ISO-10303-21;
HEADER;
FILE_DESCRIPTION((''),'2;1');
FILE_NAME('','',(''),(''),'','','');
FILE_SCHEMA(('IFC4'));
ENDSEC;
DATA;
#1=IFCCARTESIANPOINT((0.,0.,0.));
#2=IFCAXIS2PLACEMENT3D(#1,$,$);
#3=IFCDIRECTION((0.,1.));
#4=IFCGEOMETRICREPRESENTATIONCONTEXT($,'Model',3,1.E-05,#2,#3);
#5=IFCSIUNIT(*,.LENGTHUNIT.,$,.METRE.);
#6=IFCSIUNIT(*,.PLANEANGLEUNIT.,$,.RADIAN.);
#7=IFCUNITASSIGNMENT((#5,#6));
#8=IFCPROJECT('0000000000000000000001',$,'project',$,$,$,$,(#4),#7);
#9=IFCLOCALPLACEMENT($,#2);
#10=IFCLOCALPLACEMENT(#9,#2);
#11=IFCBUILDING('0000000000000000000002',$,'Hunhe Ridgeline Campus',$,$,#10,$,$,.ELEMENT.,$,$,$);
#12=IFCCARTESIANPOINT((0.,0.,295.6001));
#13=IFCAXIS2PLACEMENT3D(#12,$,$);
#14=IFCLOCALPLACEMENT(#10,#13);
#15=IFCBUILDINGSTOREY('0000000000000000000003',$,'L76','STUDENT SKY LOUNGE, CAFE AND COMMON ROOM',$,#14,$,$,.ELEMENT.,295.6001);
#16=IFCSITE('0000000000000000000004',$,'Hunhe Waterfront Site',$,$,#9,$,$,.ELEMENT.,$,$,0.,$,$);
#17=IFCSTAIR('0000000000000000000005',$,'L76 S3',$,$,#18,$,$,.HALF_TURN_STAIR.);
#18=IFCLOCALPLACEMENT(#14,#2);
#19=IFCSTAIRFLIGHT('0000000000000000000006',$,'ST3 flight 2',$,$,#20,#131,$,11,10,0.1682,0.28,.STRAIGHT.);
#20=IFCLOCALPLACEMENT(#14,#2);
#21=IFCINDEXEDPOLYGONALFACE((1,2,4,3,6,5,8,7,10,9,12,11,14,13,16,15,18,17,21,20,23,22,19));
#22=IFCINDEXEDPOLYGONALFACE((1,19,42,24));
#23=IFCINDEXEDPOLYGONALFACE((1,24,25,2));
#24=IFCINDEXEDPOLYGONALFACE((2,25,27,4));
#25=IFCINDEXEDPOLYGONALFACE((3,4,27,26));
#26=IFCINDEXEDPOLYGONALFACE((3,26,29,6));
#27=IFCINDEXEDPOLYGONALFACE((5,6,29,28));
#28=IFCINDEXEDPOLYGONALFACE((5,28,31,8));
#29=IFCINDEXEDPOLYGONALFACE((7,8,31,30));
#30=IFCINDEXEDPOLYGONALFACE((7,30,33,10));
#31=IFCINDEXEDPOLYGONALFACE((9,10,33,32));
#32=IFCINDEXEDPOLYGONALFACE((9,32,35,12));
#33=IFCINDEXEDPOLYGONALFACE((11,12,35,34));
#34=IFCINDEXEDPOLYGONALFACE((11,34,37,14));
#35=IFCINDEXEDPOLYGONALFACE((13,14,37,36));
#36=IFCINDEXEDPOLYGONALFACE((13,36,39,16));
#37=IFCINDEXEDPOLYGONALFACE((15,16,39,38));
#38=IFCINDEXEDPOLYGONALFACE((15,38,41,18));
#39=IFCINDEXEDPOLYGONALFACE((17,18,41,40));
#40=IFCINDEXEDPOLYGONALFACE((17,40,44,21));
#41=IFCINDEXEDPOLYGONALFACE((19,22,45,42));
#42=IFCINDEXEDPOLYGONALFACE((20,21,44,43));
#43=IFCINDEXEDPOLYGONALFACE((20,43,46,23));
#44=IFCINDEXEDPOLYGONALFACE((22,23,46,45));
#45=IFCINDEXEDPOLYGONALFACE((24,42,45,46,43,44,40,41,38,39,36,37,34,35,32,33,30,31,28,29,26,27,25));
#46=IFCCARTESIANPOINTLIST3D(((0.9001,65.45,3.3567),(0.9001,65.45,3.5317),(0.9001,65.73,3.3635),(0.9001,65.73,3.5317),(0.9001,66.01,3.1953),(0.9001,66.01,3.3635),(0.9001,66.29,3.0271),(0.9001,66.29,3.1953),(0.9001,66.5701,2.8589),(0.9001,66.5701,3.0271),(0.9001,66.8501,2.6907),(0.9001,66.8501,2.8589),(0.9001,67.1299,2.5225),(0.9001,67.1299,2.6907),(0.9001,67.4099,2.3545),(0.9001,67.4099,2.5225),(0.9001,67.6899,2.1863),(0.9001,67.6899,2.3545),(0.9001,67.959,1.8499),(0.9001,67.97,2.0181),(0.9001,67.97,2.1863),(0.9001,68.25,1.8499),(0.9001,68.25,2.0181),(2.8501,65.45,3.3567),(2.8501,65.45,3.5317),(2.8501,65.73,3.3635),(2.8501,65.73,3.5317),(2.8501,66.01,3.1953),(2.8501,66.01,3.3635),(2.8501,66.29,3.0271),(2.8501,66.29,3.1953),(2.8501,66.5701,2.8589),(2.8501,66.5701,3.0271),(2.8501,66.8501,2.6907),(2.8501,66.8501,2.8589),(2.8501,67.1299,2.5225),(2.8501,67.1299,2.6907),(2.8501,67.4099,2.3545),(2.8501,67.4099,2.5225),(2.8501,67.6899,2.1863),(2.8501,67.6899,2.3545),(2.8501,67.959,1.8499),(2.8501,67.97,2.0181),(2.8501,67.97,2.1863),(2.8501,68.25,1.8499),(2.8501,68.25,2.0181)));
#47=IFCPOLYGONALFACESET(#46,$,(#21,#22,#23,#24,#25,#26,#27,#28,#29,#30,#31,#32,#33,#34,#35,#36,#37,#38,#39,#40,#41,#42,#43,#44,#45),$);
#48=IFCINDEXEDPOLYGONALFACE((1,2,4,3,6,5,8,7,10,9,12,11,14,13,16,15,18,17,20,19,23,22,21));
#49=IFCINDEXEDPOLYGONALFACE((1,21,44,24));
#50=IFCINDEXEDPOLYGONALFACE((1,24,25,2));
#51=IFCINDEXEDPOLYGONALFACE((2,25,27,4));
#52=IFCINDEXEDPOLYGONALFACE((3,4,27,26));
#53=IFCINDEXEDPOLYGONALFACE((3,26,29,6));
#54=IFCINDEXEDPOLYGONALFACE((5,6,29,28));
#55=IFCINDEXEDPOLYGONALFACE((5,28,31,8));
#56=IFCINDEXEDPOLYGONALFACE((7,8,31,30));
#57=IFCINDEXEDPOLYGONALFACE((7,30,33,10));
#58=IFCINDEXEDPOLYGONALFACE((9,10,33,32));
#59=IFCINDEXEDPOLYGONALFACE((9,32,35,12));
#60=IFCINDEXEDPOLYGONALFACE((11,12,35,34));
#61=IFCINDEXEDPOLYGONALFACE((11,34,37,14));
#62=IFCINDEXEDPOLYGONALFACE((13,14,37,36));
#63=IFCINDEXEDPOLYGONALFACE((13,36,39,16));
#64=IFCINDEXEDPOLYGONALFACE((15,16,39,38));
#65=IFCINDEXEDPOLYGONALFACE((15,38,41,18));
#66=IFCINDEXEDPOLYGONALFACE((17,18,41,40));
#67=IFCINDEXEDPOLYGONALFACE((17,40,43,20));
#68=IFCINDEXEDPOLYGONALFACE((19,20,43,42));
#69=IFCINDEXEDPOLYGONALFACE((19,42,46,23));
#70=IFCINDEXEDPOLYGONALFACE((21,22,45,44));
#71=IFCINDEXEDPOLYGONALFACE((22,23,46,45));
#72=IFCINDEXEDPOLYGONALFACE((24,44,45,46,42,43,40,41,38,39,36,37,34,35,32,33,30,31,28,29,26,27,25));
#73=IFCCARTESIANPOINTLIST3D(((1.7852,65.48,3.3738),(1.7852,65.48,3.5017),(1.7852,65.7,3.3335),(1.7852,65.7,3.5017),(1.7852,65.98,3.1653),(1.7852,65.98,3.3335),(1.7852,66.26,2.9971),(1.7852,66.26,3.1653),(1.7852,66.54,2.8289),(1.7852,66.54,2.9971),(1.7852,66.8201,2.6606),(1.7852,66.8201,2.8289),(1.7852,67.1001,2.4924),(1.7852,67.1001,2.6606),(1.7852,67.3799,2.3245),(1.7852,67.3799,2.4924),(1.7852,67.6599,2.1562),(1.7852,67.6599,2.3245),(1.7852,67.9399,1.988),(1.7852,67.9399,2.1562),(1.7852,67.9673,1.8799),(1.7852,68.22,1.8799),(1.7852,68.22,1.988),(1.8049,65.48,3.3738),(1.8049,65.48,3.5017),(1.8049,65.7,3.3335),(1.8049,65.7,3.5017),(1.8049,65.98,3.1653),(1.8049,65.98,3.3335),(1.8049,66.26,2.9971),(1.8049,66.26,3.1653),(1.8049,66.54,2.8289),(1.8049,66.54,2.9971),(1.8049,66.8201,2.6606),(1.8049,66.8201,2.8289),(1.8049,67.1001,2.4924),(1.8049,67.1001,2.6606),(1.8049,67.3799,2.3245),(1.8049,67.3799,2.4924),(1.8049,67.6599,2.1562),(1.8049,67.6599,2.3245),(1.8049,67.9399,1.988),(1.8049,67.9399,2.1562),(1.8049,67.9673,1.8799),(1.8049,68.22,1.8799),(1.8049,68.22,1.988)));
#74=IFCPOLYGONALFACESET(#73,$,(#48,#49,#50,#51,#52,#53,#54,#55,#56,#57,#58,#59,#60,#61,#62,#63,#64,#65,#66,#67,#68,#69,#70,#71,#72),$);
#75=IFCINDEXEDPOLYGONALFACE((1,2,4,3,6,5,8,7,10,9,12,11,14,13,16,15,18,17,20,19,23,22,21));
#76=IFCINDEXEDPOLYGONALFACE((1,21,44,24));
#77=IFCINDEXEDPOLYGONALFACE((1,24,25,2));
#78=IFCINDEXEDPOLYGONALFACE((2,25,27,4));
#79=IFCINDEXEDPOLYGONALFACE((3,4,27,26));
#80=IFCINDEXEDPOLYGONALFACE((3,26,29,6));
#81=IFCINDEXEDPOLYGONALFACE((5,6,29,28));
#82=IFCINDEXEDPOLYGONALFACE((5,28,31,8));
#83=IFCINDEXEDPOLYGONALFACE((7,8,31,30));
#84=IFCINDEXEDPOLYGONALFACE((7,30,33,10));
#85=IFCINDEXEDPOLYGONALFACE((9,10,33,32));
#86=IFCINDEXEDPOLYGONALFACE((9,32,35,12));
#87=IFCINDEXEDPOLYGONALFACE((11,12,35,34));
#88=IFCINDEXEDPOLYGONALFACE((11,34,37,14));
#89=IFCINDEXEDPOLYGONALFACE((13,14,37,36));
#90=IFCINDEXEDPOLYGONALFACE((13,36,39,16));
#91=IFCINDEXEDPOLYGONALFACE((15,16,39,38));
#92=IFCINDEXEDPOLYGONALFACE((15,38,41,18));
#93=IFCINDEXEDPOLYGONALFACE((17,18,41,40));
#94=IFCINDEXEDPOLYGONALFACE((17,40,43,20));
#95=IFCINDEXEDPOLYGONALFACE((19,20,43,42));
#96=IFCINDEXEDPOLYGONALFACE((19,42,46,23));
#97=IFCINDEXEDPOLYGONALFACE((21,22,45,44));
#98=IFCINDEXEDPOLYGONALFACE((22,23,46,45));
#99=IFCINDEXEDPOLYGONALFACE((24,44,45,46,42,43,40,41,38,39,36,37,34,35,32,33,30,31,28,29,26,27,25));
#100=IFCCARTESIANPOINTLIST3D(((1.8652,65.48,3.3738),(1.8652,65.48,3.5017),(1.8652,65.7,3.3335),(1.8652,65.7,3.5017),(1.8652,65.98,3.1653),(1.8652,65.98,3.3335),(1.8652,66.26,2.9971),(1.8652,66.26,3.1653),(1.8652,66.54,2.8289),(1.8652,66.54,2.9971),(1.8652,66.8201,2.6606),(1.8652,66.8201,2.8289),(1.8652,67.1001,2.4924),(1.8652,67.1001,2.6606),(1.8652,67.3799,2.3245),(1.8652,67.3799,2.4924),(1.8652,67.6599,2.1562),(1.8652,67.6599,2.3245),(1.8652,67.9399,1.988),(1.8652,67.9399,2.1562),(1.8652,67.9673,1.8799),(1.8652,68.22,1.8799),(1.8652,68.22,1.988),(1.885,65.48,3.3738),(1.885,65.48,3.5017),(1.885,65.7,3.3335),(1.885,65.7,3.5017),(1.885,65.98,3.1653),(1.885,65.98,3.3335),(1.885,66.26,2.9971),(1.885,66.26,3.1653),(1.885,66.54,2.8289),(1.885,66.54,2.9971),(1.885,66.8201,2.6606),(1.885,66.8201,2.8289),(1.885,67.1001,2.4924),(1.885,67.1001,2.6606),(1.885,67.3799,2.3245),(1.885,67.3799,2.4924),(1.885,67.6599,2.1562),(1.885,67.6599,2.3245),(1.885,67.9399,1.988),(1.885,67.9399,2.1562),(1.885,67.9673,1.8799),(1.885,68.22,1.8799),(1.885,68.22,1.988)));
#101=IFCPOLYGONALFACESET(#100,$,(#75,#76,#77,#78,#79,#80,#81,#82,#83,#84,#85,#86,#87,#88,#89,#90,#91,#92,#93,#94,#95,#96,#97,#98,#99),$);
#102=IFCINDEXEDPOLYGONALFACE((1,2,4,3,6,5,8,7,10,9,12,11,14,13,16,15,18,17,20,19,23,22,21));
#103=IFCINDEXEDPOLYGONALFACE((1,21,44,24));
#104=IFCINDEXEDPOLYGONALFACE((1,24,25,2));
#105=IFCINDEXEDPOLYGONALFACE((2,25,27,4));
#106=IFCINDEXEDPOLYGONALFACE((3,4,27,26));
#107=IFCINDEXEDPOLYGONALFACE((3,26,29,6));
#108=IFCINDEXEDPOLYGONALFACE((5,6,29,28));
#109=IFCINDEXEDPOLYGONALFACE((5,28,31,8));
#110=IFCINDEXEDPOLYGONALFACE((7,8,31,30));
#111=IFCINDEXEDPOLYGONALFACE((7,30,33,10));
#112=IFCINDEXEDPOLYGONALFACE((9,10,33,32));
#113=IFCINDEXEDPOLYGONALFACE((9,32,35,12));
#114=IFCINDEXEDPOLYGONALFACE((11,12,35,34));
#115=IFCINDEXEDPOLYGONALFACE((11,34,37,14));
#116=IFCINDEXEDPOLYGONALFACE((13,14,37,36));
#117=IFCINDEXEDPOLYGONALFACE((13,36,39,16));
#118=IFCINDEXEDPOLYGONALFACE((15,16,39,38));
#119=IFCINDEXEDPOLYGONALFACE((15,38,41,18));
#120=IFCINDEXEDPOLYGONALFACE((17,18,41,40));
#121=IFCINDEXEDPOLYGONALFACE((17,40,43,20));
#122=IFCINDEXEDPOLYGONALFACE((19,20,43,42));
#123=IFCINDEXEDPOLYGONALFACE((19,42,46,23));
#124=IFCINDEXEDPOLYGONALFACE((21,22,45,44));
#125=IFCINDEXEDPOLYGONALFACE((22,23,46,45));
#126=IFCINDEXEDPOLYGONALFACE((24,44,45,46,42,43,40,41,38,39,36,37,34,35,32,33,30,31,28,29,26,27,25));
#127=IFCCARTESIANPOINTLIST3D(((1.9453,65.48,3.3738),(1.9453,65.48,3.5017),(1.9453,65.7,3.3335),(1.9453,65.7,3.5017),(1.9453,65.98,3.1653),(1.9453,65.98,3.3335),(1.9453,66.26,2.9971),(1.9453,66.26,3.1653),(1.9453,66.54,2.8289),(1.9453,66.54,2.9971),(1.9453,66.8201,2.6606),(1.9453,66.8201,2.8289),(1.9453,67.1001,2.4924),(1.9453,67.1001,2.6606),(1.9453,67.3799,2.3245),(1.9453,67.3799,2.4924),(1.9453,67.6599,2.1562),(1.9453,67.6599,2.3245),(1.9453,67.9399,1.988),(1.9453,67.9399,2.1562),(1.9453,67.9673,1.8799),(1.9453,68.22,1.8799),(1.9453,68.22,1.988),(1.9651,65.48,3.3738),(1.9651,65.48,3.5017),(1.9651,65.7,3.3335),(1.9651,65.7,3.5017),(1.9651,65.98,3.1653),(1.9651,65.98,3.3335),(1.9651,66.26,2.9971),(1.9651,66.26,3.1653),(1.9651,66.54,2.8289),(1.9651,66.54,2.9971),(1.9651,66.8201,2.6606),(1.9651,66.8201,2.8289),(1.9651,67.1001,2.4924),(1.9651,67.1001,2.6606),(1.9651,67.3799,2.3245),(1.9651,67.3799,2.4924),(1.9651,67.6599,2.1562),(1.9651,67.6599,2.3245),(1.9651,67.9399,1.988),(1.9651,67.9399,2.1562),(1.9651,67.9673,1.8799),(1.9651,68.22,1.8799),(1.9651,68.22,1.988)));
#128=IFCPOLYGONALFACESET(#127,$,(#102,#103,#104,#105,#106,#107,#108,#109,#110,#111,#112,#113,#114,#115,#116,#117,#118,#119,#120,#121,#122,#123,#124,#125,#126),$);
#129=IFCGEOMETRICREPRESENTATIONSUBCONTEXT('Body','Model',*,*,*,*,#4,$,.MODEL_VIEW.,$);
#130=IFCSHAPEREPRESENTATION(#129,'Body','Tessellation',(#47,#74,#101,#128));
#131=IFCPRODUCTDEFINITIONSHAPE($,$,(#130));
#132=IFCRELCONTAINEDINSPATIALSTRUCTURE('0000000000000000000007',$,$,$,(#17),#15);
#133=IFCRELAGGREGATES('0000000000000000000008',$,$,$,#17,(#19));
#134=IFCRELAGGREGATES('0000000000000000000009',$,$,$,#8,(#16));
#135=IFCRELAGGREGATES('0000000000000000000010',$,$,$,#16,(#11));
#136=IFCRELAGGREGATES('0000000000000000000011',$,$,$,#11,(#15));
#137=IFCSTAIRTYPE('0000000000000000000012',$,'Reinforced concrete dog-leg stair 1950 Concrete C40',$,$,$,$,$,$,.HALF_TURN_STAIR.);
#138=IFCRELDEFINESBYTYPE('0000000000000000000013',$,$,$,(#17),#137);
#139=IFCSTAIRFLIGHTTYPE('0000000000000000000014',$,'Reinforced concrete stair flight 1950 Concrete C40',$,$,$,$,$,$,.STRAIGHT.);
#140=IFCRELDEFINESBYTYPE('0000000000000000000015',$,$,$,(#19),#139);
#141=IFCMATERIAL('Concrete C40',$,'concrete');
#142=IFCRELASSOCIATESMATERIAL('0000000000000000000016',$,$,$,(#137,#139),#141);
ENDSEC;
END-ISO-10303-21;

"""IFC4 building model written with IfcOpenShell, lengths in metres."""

from ifc_helpers import new_model, si_unit, direction, frame, origin, place, context, subcontext, project, spatial, polyline, outline, extrude, material, type_object, element, aggregate, save


model = new_model("IFC4")

# Units and contexts
model_context = context("Model", 3, precision=1e-05, world=origin(), true_north=direction((0.0, 1.0)))
body_context = subcontext(model_context, "Body", "Model", "MODEL_VIEW")
ifc_project = project(units=[si_unit("LENGTHUNIT", "METRE"), si_unit("PLANEANGLEUNIT", "RADIAN")], contexts=[model_context])

# Site, building, storey
site_placement = place(None, origin())
site = spatial("IfcSite", under=ifc_project, at=site_placement, Name="Hunhe Waterfront Site", CompositionType="ELEMENT", RefElevation=0.0)
building_placement = place(site_placement, origin())
building = spatial("IfcBuilding", under=site, at=building_placement, Name="Hunhe Ridgeline Campus", CompositionType="ELEMENT")
storey_placement = place(building_placement, frame((0.0, 0.0, 295.6001)))
storey = spatial("IfcBuildingStorey", under=building, at=storey_placement, Name="L76", Description="STUDENT SKY LOUNGE, CAFE AND COMMON ROOM", CompositionType="ELEMENT", Elevation=295.6001)

# Stair, stair flight
ifc_material_1 = material(Name="Concrete C40", Category="concrete")
stair_type = type_object("IfcStairType", Name="Reinforced concrete dog-leg stair 1950 Concrete C40", PredefinedType="HALF_TURN_STAIR", material=ifc_material_1)
stair_1_placement = place(storey_placement, origin())
stair_1 = element("IfcStair", 1, at=stair_1_placement, inside=storey, type_object=stair_type, Name="L76 S3", PredefinedType="HALF_TURN_STAIR")
stair_flight_type = type_object("IfcStairFlightType", Name="Reinforced concrete stair flight 1950 Concrete C40", PredefinedType="STRAIGHT", material=ifc_material_1)
stair_flight_1_placement = place(storey_placement, frame((1.875, 68.25, 1.8499), z_axis=(0.0, 0.0, 1.0), x_axis=(0.0, -1.0, 0.0)))
stair_flight_1 = element("IfcStairFlight", 2, at=stair_flight_1_placement, type_object=stair_flight_type, Name="ST3 flight 2", NumberOfRisers=11, NumberOfTreads=10, PredefinedType="STRAIGHT", RiserHeight=0.1682, TreadLength=0.28, context=body_context, shape_type="SweptSolid", body=[
    extrude(outline(polyline([(0.0, 0.0), (0.0, 0.1682), (0.28, 0.1682), (0.28, 0.3364), (0.5601, 0.3364), (0.5601, 0.5046), (0.8401, 0.5046), (0.8401, 0.6726), (1.1201, 0.6726), (1.1201, 0.8408), (1.3999, 0.8408), (1.3999, 1.009), (1.6799, 1.009), (1.6799, 1.1772), (1.96, 1.1772), (1.96, 1.3455), (2.24, 1.3455), (2.24, 1.5137), (2.52, 1.5137), (2.52, 1.6819), (2.8, 1.6819), (2.8, 1.8501), (2.8, 1.5068), (0.291, 0.0), (0.0, 0.0)])), frame((0.0, 0.9751, 0.0), z_axis=(0.0, -1.0, 0.0), x_axis=(1.0, 0.0, 0.0)), (0.0, 0.0, 1.0), 1.95),
    extrude(outline(polyline([(0.03, 0.03), (0.03, 0.1382), (0.3101, 0.1382), (0.3101, 0.3064), (0.5901, 0.3064), (0.5901, 0.4746), (0.8701, 0.4746), (0.8701, 0.6426), (1.1499, 0.6426), (1.1499, 0.8108), (1.4299, 0.8108), (1.4299, 0.979), (1.71, 0.979), (1.71, 1.1472), (1.99, 1.1472), (1.99, 1.3154), (2.27, 1.3154), (2.27, 1.4836), (2.55, 1.4836), (2.55, 1.6519), (2.77, 1.6519), (2.77, 1.5239), (0.2827, 0.03), (0.03, 0.03)])), frame((0.0, -0.0701, 0.0), z_axis=(0.0, -1.0, 0.0), x_axis=(1.0, 0.0, 0.0)), (0.0, 0.0, 1.0), 0.0198),
    extrude(outline(polyline([(0.03, 0.03), (0.03, 0.1382), (0.3101, 0.1382), (0.3101, 0.3064), (0.5901, 0.3064), (0.5901, 0.4746), (0.8701, 0.4746), (0.8701, 0.6426), (1.1499, 0.6426), (1.1499, 0.8108), (1.4299, 0.8108), (1.4299, 0.979), (1.71, 0.979), (1.71, 1.1472), (1.99, 1.1472), (1.99, 1.3154), (2.27, 1.3154), (2.27, 1.4836), (2.55, 1.4836), (2.55, 1.6519), (2.77, 1.6519), (2.77, 1.5239), (0.2827, 0.03), (0.03, 0.03)])), frame((0.0, 0.01, 0.0), z_axis=(0.0, -1.0, 0.0), x_axis=(1.0, 0.0, 0.0)), (0.0, 0.0, 1.0), 0.0198),
    extrude(outline(polyline([(0.03, 0.03), (0.03, 0.1382), (0.3101, 0.1382), (0.3101, 0.3064), (0.5901, 0.3064), (0.5901, 0.4746), (0.8701, 0.4746), (0.8701, 0.6426), (1.1499, 0.6426), (1.1499, 0.8108), (1.4299, 0.8108), (1.4299, 0.979), (1.71, 0.979), (1.71, 1.1472), (1.99, 1.1472), (1.99, 1.3154), (2.27, 1.3154), (2.27, 1.4836), (2.55, 1.4836), (2.55, 1.6519), (2.77, 1.6519), (2.77, 1.5239), (0.2827, 0.03), (0.03, 0.03)])), frame((0.0, 0.0901, 0.0), z_axis=(0.0, -1.0, 0.0), x_axis=(1.0, 0.0, 0.0)), (0.0, 0.0, 1.0), 0.0198),
])
aggregate(stair_1, [stair_flight_1])

save(model, "model.ifc")
